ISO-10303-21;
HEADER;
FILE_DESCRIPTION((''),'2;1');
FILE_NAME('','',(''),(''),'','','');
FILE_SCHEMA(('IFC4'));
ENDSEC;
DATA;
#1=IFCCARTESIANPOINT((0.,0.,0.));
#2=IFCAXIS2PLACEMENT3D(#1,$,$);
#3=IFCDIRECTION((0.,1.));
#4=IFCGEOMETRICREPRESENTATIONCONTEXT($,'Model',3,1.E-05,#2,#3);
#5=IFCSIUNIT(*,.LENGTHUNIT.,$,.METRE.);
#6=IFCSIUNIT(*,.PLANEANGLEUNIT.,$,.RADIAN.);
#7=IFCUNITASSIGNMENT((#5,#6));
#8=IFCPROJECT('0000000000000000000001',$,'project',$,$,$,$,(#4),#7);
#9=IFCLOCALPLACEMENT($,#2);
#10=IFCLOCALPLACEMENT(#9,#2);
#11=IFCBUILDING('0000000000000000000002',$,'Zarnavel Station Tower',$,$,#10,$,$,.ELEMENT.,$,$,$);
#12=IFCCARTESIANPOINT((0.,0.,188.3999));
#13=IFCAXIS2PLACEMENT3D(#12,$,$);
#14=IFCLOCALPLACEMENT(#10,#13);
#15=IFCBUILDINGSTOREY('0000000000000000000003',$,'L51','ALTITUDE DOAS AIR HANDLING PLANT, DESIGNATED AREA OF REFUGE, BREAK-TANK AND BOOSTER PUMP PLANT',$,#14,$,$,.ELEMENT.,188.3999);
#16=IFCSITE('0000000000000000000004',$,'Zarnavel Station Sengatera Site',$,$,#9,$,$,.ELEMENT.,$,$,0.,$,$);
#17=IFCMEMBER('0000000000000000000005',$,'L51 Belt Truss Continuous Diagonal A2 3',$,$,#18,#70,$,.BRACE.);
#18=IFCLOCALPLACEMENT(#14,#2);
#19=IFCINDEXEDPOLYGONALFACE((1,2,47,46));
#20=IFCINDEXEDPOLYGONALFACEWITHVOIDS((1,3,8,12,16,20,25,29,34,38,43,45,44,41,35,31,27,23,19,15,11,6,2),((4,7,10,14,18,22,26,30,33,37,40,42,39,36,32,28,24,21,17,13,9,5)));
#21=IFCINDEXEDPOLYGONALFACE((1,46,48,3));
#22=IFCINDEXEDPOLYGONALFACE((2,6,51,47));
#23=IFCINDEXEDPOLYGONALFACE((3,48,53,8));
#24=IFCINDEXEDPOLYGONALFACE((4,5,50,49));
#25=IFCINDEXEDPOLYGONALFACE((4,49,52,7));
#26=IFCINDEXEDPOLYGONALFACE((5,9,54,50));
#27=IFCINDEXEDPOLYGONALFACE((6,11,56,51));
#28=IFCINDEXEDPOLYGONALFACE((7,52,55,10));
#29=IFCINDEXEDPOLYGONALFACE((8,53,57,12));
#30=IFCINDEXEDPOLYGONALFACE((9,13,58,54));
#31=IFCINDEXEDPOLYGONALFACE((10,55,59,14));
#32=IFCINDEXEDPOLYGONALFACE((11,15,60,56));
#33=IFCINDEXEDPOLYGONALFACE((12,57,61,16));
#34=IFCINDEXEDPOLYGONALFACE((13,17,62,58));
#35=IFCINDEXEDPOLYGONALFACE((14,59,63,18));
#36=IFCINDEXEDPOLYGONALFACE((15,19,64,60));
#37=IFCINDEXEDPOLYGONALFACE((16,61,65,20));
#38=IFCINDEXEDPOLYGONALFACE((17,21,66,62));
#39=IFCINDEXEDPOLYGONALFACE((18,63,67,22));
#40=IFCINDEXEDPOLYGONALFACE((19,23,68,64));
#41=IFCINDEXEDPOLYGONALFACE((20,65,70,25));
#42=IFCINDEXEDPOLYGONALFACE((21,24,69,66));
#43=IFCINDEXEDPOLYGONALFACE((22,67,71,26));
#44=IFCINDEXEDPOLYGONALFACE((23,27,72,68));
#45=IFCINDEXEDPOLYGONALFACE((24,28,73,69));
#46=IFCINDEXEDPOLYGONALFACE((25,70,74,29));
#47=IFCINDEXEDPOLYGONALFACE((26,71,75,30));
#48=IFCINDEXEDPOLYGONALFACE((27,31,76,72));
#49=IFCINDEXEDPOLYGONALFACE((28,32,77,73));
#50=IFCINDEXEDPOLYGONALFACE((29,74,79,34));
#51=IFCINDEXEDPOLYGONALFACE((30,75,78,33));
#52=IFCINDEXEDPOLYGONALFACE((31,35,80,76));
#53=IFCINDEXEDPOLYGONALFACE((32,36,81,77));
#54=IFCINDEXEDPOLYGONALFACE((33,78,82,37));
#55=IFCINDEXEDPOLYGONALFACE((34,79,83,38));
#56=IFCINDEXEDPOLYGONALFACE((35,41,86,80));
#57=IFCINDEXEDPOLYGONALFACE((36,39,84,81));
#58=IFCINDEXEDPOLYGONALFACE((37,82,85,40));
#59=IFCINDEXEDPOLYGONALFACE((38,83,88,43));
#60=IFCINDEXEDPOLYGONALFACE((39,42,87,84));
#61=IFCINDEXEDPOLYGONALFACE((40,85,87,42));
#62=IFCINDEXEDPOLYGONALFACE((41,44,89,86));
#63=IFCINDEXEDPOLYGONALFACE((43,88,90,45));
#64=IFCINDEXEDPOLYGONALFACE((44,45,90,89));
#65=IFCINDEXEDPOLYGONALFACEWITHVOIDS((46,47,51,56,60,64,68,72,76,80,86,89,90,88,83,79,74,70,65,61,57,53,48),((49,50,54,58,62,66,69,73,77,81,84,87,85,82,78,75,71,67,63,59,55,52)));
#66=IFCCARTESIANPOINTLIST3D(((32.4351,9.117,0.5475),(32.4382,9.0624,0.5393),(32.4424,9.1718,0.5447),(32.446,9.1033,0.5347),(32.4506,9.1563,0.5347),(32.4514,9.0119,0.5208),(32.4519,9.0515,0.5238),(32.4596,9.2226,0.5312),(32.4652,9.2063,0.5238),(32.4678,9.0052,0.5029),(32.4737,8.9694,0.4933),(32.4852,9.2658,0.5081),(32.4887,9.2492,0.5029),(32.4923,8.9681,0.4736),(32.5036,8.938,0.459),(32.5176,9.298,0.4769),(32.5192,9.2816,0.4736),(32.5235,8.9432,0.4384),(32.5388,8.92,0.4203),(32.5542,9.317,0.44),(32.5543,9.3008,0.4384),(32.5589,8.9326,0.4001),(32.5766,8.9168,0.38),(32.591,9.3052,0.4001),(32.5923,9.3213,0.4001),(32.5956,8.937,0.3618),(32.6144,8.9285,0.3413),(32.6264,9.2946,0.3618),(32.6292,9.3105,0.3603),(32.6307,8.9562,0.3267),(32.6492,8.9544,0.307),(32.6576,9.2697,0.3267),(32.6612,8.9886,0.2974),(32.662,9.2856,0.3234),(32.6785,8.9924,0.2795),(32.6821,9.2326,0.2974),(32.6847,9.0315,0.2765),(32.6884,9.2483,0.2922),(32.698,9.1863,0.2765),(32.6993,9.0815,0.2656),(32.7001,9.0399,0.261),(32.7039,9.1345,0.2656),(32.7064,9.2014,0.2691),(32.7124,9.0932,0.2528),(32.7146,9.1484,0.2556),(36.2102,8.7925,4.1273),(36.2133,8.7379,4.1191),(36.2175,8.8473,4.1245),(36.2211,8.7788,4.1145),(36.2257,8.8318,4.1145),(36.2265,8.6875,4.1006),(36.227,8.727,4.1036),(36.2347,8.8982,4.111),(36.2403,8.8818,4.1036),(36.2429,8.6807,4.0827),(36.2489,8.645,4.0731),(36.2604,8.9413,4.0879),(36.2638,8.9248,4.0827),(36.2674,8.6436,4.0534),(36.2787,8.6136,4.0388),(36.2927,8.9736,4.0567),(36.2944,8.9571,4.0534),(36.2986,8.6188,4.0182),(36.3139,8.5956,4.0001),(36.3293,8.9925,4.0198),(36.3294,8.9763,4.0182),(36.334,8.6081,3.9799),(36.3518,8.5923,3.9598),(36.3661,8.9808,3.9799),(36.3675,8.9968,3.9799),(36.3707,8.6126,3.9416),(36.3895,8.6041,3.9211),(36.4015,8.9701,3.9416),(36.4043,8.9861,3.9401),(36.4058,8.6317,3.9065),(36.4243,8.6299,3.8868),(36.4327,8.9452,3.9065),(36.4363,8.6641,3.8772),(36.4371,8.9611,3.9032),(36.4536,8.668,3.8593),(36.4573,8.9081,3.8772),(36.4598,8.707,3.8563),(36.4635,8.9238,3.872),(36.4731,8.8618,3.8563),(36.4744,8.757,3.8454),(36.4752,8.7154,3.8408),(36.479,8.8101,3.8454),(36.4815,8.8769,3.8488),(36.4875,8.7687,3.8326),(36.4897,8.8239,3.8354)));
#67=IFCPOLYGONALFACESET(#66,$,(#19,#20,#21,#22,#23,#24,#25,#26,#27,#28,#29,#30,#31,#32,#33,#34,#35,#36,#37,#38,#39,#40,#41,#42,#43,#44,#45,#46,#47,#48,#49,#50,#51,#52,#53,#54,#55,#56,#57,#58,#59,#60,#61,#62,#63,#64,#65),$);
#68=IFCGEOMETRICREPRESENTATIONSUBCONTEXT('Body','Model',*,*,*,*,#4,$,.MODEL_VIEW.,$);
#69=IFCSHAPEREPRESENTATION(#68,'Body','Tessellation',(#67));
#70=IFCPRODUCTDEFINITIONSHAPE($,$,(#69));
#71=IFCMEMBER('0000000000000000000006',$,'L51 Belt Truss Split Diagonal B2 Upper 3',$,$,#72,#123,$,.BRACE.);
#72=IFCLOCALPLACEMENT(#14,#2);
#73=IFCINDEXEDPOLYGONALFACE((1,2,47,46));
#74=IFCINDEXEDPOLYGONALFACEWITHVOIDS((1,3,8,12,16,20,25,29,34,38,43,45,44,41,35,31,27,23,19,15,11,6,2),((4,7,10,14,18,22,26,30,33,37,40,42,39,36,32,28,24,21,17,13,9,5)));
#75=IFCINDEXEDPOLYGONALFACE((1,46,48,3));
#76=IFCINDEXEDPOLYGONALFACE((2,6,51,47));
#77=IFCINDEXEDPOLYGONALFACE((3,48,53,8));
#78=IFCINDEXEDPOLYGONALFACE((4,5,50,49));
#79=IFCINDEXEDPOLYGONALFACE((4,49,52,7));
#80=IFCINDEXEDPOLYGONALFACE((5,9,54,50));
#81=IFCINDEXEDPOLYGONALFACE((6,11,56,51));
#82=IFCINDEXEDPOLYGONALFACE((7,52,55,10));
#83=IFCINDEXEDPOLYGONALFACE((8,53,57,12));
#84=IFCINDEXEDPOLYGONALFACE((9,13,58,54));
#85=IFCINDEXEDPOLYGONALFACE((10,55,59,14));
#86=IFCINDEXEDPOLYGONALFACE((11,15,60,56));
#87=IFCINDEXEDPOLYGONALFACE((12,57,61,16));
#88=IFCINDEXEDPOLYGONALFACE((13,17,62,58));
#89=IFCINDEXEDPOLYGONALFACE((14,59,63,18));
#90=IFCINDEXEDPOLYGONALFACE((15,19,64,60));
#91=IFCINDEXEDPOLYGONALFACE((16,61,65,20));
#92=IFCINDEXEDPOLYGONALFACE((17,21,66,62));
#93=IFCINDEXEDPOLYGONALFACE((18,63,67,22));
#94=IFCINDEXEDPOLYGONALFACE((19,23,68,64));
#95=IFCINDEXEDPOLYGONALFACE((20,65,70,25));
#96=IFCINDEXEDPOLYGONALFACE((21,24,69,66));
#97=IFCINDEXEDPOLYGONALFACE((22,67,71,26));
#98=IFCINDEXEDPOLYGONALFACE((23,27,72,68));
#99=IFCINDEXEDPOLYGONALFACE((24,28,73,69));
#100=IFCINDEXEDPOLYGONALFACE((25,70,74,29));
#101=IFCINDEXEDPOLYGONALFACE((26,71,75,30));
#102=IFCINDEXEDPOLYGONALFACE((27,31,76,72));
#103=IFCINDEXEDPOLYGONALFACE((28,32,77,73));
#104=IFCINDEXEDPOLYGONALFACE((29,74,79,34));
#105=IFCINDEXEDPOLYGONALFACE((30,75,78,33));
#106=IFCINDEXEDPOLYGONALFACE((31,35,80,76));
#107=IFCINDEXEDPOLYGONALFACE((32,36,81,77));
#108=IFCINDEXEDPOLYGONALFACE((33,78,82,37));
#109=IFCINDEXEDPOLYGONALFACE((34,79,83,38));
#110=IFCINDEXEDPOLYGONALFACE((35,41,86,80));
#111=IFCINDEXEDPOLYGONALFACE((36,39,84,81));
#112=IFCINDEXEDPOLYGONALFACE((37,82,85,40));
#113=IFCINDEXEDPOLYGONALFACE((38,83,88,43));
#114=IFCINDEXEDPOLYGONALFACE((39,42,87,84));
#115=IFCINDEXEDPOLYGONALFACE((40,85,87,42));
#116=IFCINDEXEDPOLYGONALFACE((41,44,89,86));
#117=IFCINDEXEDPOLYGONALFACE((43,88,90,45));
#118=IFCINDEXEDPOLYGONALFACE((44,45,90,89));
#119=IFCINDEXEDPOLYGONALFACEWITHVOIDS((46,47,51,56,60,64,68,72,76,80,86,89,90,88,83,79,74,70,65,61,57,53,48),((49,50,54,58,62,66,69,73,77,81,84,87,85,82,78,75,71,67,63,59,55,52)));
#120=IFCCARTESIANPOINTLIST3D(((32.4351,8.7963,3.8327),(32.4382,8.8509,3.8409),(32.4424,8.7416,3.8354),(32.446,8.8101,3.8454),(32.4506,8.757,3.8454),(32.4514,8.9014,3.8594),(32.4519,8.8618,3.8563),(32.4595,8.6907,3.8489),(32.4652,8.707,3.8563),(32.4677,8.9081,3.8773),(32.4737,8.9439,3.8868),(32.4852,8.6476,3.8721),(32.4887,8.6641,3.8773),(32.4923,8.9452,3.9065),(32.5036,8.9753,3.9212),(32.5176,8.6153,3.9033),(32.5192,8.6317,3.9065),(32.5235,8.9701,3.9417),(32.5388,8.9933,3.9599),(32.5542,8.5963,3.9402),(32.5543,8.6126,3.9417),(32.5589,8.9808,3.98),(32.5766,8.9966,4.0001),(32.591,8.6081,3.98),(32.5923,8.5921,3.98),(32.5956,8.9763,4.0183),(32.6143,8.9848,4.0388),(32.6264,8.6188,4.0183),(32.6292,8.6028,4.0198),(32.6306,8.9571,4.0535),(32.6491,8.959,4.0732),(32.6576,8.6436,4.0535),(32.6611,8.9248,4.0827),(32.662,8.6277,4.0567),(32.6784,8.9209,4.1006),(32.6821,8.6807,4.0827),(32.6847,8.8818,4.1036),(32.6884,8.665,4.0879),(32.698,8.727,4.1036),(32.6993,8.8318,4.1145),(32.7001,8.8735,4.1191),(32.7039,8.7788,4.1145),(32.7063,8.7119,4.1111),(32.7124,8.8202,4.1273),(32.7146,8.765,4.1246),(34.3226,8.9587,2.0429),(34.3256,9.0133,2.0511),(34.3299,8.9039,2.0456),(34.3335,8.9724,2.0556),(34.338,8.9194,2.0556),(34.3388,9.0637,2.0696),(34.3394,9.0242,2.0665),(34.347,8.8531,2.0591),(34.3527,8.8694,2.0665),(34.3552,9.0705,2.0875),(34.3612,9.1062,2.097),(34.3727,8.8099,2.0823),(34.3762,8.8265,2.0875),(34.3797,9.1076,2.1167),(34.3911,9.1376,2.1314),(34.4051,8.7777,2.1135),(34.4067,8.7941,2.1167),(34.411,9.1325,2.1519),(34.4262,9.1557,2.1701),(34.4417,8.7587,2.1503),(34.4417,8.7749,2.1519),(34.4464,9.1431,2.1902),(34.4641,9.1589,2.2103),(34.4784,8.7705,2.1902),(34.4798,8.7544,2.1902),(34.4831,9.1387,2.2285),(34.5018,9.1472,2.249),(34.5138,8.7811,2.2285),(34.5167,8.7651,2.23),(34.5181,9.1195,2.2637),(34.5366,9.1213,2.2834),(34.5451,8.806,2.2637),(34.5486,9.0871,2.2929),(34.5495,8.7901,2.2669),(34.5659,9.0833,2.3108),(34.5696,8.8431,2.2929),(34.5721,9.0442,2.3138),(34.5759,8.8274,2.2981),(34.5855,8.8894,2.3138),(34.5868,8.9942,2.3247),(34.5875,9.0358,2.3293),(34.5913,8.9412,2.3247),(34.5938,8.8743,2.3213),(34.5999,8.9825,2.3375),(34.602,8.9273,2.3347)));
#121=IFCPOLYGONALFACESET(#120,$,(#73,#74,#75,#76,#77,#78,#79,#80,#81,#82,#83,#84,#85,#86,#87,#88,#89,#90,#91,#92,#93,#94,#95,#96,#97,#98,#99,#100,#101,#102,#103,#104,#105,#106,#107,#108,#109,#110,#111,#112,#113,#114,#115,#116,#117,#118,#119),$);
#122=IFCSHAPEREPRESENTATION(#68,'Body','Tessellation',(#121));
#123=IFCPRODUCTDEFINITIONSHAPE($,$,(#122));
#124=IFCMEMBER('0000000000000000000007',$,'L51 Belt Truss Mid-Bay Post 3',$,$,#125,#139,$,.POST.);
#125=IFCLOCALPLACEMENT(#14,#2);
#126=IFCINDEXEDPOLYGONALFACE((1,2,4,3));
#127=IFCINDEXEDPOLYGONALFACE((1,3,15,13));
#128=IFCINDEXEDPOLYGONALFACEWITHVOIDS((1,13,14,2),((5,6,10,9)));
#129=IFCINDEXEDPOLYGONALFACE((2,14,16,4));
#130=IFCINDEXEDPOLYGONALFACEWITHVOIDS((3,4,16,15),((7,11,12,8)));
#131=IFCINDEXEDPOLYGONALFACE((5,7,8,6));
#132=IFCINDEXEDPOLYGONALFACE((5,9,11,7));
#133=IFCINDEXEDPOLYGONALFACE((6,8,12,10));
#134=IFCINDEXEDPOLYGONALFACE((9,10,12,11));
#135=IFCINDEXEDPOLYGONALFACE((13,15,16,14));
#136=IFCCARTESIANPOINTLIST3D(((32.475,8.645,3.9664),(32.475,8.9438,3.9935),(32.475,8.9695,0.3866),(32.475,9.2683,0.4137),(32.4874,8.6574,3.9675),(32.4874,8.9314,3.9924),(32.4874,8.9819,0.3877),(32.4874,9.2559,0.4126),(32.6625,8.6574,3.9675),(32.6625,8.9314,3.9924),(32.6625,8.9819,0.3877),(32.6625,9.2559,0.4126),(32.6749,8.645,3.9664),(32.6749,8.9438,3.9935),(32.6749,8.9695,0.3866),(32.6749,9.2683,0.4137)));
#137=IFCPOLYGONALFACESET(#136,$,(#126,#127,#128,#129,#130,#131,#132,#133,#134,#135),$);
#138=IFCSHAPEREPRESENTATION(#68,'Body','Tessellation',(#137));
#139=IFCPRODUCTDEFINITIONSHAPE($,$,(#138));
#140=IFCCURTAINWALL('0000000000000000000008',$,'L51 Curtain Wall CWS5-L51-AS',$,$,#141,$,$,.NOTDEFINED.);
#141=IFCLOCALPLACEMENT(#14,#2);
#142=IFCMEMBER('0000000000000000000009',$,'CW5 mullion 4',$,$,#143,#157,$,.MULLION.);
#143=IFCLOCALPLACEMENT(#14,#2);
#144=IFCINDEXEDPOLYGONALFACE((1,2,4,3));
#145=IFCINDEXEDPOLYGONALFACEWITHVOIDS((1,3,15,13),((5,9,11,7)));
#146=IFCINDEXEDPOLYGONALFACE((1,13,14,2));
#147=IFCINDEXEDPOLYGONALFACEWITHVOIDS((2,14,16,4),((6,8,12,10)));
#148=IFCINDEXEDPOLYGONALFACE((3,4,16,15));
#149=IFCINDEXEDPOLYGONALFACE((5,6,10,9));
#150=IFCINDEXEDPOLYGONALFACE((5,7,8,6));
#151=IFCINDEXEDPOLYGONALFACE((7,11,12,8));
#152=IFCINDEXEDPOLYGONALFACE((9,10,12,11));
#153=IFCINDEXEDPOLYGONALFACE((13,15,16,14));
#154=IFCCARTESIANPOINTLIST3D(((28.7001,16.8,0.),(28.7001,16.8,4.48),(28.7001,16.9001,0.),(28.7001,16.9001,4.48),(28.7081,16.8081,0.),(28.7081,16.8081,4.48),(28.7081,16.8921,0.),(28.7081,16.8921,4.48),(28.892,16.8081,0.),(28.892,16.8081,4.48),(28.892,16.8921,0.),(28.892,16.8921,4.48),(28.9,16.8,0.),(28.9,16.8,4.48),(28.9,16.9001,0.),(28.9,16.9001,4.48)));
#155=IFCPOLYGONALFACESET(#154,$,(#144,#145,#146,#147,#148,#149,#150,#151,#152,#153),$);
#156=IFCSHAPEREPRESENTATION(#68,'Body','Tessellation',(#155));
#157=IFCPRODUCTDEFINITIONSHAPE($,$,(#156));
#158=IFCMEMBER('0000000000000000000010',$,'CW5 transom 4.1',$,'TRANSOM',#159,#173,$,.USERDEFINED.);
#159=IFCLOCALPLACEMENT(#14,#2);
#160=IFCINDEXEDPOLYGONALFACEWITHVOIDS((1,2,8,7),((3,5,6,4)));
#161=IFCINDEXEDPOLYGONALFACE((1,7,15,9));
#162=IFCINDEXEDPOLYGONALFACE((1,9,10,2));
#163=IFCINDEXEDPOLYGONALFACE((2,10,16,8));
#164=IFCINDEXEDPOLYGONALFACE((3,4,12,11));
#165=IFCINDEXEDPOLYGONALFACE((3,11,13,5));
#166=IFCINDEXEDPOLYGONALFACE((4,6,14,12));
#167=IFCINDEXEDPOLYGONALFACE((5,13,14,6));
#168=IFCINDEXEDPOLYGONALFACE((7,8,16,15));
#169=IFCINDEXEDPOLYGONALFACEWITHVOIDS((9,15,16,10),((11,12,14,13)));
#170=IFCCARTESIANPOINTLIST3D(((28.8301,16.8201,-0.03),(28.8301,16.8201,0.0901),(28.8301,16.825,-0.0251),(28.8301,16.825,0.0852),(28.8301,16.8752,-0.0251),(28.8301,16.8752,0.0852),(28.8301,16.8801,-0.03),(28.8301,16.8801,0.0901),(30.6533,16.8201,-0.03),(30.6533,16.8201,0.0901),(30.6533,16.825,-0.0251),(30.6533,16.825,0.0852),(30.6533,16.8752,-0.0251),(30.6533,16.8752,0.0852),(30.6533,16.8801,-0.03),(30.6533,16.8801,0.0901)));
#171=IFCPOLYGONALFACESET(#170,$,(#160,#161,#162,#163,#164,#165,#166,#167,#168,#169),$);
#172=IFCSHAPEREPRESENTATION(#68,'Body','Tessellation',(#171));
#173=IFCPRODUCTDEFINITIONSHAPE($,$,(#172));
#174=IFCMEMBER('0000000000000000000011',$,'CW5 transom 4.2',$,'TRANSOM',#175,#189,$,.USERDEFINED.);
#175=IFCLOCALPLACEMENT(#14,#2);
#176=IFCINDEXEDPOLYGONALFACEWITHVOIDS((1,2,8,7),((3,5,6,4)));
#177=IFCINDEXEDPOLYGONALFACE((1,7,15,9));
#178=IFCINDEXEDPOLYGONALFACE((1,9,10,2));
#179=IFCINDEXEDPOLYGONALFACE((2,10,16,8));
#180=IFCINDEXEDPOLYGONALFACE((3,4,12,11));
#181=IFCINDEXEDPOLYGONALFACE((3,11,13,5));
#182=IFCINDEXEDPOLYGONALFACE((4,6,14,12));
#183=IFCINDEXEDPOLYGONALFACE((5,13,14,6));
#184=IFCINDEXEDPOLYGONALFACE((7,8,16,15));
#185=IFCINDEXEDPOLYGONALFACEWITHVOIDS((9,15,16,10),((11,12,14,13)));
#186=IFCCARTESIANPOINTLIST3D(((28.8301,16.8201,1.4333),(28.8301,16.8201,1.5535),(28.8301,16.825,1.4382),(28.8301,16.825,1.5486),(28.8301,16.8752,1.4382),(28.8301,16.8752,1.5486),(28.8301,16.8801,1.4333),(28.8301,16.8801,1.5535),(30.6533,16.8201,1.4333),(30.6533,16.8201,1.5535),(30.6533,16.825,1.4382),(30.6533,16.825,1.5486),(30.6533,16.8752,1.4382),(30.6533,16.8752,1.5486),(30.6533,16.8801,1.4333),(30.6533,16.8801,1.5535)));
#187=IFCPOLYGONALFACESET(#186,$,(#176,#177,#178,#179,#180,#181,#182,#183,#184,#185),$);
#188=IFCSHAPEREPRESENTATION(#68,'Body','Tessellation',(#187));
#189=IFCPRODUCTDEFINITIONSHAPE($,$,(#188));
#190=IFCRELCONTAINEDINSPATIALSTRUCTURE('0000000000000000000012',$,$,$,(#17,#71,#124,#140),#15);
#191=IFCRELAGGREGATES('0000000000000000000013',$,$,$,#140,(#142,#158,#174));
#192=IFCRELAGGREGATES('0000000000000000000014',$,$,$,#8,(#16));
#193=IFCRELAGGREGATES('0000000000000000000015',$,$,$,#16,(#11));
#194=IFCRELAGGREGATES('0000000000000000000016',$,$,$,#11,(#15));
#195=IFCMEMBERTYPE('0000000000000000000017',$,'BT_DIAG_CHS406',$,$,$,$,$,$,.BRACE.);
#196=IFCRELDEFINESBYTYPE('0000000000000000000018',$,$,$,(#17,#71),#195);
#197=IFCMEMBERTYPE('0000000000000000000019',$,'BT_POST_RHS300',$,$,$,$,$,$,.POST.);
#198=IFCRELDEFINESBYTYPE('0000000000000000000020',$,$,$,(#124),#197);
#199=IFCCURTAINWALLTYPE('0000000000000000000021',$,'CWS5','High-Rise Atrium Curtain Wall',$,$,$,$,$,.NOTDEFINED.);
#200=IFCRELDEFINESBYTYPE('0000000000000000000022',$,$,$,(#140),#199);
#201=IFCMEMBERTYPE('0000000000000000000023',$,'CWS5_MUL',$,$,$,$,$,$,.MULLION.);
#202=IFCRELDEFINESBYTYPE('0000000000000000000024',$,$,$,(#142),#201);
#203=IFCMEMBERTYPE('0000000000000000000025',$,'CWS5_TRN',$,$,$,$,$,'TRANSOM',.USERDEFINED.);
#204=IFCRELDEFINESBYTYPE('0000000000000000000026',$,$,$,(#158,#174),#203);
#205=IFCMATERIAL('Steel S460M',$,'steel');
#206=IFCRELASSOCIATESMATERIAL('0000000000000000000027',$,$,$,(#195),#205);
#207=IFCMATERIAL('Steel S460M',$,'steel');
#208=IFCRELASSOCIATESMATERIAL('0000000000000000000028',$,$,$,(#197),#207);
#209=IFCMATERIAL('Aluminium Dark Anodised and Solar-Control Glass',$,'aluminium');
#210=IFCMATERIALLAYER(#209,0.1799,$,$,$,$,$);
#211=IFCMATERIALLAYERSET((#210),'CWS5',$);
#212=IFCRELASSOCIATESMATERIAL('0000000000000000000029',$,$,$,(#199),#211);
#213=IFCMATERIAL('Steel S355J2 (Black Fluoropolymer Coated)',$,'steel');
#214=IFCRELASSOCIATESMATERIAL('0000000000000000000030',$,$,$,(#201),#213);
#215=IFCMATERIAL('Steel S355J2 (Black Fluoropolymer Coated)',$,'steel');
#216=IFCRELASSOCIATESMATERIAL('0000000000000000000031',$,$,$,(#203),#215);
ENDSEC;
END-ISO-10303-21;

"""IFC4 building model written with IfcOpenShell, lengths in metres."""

from ifc_helpers import new_model, si_unit, direction, frame, origin, origin_2d, place, context, subcontext, project, spatial, hollow_rectangle, hollow_circle, extrude, material, layer, layer_set, material_profile, profile_set, type_object, element, aggregate, save


model = new_model("IFC4")

# Units and contexts
model_context = context("Model", 3, precision=1e-05, world=origin(), true_north=direction((0.0, 1.0)))
body_context = subcontext(model_context, "Body", "Model", "MODEL_VIEW")
ifc_project = project(units=[si_unit("LENGTHUNIT", "METRE"), si_unit("PLANEANGLEUNIT", "RADIAN")], contexts=[model_context])

# Site, building, storey
site_placement = place(None, origin())
site = spatial("IfcSite", under=ifc_project, at=site_placement, Name="Zarnavel Station Sengatera Site", CompositionType="ELEMENT", RefElevation=0.0)
building_placement = place(site_placement, origin())
building = spatial("IfcBuilding", under=site, at=building_placement, Name="Zarnavel Station Tower", CompositionType="ELEMENT")
storey_placement = place(building_placement, frame((0.0, 0.0, 188.3999)))
storey = spatial("IfcBuildingStorey", under=building, at=storey_placement, Name="L51", Description="ALTITUDE DOAS AIR HANDLING PLANT, DESIGNATED AREA OF REFUGE, BREAK-TANK AND BOOSTER PUMP PLANT", CompositionType="ELEMENT", Elevation=188.3999)

# Members
ifc_material_1 = material(Name="Steel S460M", Category="steel")
ifc_material_profile_1 = material_profile(ifc_material_1, hollow_circle(Radius=0.2031, WallThickness=0.0161, at=origin_2d()), Name="CHS406.4x16")
ifc_profile_set_1 = profile_set([ifc_material_profile_1], Name="Steel S460M")
member_type_1 = type_object("IfcMemberType", Name="BT_DIAG_CHS406", PredefinedType="BRACE", material=ifc_profile_set_1)
member_1_placement = place(storey_placement, frame((32.575, 9.1189, 0.4001), z_axis=(0.724221, -0.062245, 0.686753), x_axis=(0.085631, 0.996327, 0.0)))
element("IfcMember", 1, at=member_1_placement, inside=storey, type_object=member_type_1, Name="L51 Belt Truss Continuous Diagonal A2 3", PredefinedType="BRACE", context=body_context, shape_type="SweptSolid", body=[
    extrude(hollow_circle(Radius=0.2031, WallThickness=0.0161, at=origin_2d()), origin(), (0.0, 0.0, 1.0), 5.2126),
])
member_2_placement = place(storey_placement, frame((34.4624, 8.9568, 2.1902), z_axis=(-0.72422, -0.062295, 0.686749), x_axis=(0.085701, -0.996321, 0.0)))
element("IfcMember", 2, at=member_2_placement, inside=storey, type_object=member_type_1, Name="L51 Belt Truss Split Diagonal B2 Upper 3", PredefinedType="BRACE", context=body_context, shape_type="SweptSolid", body=[
    extrude(hollow_circle(Radius=0.2031, WallThickness=0.0161, at=origin_2d()), origin(), (0.0, 0.0, 1.0), 2.6062),
])
ifc_material_2 = material(Name="Steel S460M", Category="steel")
ifc_material_profile_2 = material_profile(ifc_material_2, hollow_rectangle(XDim=0.2, YDim=0.3, WallThickness=0.0125, at=origin_2d()), Name="RHS300x200x12.5")
ifc_profile_set_2 = profile_set([ifc_material_profile_2], Name="Steel S460M")
member_type_2 = type_object("IfcMemberType", Name="BT_POST_RHS300", PredefinedType="POST", material=ifc_profile_set_2)
member_3_placement = place(storey_placement, frame((32.575, 9.1189, 0.4001), z_axis=(0.0, -0.090266, 0.995918), x_axis=(1.0, 0.0, 0.0)))
element("IfcMember", 3, at=member_3_placement, inside=storey, type_object=member_type_2, Name="L51 Belt Truss Mid-Bay Post 3", PredefinedType="POST", context=body_context, shape_type="SweptSolid", body=[
    extrude(hollow_rectangle(XDim=0.2, YDim=0.3, WallThickness=0.0125, at=origin_2d()), origin(), (0.0, 0.0, 1.0), 3.5945),
])

# Curtain wall, members
ifc_material_3 = material(Name="Aluminium Dark Anodised and Solar-Control Glass", Category="aluminium")
ifc_layer_1 = layer(ifc_material_3, 0.1799)
ifc_layer_set_1 = layer_set([ifc_layer_1], Name="CWS5")
curtain_wall_type = type_object("IfcCurtainWallType", Name="CWS5", Description="High-Rise Atrium Curtain Wall", PredefinedType="NOTDEFINED", material=ifc_layer_set_1)
curtain_wall_placement = place(storey_placement, origin())
curtain_wall = element("IfcCurtainWall", 4, at=curtain_wall_placement, inside=storey, type_object=curtain_wall_type, Name="L51 Curtain Wall CWS5-L51-AS", PredefinedType="NOTDEFINED")
ifc_material_4 = material(Name="Steel S355J2 (Black Fluoropolymer Coated)", Category="steel")
ifc_material_profile_3 = material_profile(ifc_material_4, hollow_rectangle(XDim=0.1001, YDim=0.2, WallThickness=0.0081, at=origin_2d()), Name="RHS200x100x8")
ifc_profile_set_3 = profile_set([ifc_material_profile_3], Name="Steel S355J2 (Black Fluoropolymer Coated)")
member_type_3 = type_object("IfcMemberType", Name="CWS5_MUL", PredefinedType="MULLION", material=ifc_profile_set_3)
member_4_placement = place(storey_placement, frame((28.8, 16.8501, 0.0), z_axis=(0.0, 0.0, 1.0), x_axis=(0.0, 1.0, 0.0)))
member_4 = element("IfcMember", 5, at=member_4_placement, type_object=member_type_3, Name="CW5 mullion 4", PredefinedType="MULLION", context=body_context, shape_type="SweptSolid", body=[
    extrude(hollow_rectangle(XDim=0.1001, YDim=0.2, WallThickness=0.0081, at=origin_2d()), origin(), (0.0, 0.0, 1.0), 4.48),
])
ifc_material_5 = material(Name="Steel S355J2 (Black Fluoropolymer Coated)", Category="steel")
ifc_material_profile_4 = material_profile(ifc_material_5, hollow_rectangle(XDim=0.0601, YDim=0.1201, WallThickness=0.0049, at=origin_2d()), Name="RHS120x60x5")
ifc_profile_set_4 = profile_set([ifc_material_profile_4], Name="Steel S355J2 (Black Fluoropolymer Coated)")
member_type_4 = type_object("IfcMemberType", Name="CWS5_TRN", ElementType="TRANSOM", PredefinedType="USERDEFINED", material=ifc_profile_set_4)
member_5_placement = place(storey_placement, frame((28.8301, 16.8501, 0.03), z_axis=(1.0, 0.0, 0.0), x_axis=(0.0, 1.0, 0.0)))
member_5 = element("IfcMember", 6, at=member_5_placement, type_object=member_type_4, Name="CW5 transom 4.1", ObjectType="TRANSOM", PredefinedType="USERDEFINED", context=body_context, shape_type="SweptSolid", body=[
    extrude(hollow_rectangle(XDim=0.0601, YDim=0.1201, WallThickness=0.0049, at=origin_2d()), origin(), (0.0, 0.0, 1.0), 1.8232),
])
member_6_placement = place(storey_placement, frame((28.8301, 16.8501, 1.4934), z_axis=(1.0, 0.0, 0.0), x_axis=(0.0, 1.0, 0.0)))
member_6 = element("IfcMember", 7, at=member_6_placement, type_object=member_type_4, Name="CW5 transom 4.2", ObjectType="TRANSOM", PredefinedType="USERDEFINED", context=body_context, shape_type="SweptSolid", body=[
    extrude(hollow_rectangle(XDim=0.0601, YDim=0.1201, WallThickness=0.0049, at=origin_2d()), origin(), (0.0, 0.0, 1.0), 1.8232),
])
aggregate(curtain_wall, [member_4, member_5, member_6])

save(model, "model.ifc")
